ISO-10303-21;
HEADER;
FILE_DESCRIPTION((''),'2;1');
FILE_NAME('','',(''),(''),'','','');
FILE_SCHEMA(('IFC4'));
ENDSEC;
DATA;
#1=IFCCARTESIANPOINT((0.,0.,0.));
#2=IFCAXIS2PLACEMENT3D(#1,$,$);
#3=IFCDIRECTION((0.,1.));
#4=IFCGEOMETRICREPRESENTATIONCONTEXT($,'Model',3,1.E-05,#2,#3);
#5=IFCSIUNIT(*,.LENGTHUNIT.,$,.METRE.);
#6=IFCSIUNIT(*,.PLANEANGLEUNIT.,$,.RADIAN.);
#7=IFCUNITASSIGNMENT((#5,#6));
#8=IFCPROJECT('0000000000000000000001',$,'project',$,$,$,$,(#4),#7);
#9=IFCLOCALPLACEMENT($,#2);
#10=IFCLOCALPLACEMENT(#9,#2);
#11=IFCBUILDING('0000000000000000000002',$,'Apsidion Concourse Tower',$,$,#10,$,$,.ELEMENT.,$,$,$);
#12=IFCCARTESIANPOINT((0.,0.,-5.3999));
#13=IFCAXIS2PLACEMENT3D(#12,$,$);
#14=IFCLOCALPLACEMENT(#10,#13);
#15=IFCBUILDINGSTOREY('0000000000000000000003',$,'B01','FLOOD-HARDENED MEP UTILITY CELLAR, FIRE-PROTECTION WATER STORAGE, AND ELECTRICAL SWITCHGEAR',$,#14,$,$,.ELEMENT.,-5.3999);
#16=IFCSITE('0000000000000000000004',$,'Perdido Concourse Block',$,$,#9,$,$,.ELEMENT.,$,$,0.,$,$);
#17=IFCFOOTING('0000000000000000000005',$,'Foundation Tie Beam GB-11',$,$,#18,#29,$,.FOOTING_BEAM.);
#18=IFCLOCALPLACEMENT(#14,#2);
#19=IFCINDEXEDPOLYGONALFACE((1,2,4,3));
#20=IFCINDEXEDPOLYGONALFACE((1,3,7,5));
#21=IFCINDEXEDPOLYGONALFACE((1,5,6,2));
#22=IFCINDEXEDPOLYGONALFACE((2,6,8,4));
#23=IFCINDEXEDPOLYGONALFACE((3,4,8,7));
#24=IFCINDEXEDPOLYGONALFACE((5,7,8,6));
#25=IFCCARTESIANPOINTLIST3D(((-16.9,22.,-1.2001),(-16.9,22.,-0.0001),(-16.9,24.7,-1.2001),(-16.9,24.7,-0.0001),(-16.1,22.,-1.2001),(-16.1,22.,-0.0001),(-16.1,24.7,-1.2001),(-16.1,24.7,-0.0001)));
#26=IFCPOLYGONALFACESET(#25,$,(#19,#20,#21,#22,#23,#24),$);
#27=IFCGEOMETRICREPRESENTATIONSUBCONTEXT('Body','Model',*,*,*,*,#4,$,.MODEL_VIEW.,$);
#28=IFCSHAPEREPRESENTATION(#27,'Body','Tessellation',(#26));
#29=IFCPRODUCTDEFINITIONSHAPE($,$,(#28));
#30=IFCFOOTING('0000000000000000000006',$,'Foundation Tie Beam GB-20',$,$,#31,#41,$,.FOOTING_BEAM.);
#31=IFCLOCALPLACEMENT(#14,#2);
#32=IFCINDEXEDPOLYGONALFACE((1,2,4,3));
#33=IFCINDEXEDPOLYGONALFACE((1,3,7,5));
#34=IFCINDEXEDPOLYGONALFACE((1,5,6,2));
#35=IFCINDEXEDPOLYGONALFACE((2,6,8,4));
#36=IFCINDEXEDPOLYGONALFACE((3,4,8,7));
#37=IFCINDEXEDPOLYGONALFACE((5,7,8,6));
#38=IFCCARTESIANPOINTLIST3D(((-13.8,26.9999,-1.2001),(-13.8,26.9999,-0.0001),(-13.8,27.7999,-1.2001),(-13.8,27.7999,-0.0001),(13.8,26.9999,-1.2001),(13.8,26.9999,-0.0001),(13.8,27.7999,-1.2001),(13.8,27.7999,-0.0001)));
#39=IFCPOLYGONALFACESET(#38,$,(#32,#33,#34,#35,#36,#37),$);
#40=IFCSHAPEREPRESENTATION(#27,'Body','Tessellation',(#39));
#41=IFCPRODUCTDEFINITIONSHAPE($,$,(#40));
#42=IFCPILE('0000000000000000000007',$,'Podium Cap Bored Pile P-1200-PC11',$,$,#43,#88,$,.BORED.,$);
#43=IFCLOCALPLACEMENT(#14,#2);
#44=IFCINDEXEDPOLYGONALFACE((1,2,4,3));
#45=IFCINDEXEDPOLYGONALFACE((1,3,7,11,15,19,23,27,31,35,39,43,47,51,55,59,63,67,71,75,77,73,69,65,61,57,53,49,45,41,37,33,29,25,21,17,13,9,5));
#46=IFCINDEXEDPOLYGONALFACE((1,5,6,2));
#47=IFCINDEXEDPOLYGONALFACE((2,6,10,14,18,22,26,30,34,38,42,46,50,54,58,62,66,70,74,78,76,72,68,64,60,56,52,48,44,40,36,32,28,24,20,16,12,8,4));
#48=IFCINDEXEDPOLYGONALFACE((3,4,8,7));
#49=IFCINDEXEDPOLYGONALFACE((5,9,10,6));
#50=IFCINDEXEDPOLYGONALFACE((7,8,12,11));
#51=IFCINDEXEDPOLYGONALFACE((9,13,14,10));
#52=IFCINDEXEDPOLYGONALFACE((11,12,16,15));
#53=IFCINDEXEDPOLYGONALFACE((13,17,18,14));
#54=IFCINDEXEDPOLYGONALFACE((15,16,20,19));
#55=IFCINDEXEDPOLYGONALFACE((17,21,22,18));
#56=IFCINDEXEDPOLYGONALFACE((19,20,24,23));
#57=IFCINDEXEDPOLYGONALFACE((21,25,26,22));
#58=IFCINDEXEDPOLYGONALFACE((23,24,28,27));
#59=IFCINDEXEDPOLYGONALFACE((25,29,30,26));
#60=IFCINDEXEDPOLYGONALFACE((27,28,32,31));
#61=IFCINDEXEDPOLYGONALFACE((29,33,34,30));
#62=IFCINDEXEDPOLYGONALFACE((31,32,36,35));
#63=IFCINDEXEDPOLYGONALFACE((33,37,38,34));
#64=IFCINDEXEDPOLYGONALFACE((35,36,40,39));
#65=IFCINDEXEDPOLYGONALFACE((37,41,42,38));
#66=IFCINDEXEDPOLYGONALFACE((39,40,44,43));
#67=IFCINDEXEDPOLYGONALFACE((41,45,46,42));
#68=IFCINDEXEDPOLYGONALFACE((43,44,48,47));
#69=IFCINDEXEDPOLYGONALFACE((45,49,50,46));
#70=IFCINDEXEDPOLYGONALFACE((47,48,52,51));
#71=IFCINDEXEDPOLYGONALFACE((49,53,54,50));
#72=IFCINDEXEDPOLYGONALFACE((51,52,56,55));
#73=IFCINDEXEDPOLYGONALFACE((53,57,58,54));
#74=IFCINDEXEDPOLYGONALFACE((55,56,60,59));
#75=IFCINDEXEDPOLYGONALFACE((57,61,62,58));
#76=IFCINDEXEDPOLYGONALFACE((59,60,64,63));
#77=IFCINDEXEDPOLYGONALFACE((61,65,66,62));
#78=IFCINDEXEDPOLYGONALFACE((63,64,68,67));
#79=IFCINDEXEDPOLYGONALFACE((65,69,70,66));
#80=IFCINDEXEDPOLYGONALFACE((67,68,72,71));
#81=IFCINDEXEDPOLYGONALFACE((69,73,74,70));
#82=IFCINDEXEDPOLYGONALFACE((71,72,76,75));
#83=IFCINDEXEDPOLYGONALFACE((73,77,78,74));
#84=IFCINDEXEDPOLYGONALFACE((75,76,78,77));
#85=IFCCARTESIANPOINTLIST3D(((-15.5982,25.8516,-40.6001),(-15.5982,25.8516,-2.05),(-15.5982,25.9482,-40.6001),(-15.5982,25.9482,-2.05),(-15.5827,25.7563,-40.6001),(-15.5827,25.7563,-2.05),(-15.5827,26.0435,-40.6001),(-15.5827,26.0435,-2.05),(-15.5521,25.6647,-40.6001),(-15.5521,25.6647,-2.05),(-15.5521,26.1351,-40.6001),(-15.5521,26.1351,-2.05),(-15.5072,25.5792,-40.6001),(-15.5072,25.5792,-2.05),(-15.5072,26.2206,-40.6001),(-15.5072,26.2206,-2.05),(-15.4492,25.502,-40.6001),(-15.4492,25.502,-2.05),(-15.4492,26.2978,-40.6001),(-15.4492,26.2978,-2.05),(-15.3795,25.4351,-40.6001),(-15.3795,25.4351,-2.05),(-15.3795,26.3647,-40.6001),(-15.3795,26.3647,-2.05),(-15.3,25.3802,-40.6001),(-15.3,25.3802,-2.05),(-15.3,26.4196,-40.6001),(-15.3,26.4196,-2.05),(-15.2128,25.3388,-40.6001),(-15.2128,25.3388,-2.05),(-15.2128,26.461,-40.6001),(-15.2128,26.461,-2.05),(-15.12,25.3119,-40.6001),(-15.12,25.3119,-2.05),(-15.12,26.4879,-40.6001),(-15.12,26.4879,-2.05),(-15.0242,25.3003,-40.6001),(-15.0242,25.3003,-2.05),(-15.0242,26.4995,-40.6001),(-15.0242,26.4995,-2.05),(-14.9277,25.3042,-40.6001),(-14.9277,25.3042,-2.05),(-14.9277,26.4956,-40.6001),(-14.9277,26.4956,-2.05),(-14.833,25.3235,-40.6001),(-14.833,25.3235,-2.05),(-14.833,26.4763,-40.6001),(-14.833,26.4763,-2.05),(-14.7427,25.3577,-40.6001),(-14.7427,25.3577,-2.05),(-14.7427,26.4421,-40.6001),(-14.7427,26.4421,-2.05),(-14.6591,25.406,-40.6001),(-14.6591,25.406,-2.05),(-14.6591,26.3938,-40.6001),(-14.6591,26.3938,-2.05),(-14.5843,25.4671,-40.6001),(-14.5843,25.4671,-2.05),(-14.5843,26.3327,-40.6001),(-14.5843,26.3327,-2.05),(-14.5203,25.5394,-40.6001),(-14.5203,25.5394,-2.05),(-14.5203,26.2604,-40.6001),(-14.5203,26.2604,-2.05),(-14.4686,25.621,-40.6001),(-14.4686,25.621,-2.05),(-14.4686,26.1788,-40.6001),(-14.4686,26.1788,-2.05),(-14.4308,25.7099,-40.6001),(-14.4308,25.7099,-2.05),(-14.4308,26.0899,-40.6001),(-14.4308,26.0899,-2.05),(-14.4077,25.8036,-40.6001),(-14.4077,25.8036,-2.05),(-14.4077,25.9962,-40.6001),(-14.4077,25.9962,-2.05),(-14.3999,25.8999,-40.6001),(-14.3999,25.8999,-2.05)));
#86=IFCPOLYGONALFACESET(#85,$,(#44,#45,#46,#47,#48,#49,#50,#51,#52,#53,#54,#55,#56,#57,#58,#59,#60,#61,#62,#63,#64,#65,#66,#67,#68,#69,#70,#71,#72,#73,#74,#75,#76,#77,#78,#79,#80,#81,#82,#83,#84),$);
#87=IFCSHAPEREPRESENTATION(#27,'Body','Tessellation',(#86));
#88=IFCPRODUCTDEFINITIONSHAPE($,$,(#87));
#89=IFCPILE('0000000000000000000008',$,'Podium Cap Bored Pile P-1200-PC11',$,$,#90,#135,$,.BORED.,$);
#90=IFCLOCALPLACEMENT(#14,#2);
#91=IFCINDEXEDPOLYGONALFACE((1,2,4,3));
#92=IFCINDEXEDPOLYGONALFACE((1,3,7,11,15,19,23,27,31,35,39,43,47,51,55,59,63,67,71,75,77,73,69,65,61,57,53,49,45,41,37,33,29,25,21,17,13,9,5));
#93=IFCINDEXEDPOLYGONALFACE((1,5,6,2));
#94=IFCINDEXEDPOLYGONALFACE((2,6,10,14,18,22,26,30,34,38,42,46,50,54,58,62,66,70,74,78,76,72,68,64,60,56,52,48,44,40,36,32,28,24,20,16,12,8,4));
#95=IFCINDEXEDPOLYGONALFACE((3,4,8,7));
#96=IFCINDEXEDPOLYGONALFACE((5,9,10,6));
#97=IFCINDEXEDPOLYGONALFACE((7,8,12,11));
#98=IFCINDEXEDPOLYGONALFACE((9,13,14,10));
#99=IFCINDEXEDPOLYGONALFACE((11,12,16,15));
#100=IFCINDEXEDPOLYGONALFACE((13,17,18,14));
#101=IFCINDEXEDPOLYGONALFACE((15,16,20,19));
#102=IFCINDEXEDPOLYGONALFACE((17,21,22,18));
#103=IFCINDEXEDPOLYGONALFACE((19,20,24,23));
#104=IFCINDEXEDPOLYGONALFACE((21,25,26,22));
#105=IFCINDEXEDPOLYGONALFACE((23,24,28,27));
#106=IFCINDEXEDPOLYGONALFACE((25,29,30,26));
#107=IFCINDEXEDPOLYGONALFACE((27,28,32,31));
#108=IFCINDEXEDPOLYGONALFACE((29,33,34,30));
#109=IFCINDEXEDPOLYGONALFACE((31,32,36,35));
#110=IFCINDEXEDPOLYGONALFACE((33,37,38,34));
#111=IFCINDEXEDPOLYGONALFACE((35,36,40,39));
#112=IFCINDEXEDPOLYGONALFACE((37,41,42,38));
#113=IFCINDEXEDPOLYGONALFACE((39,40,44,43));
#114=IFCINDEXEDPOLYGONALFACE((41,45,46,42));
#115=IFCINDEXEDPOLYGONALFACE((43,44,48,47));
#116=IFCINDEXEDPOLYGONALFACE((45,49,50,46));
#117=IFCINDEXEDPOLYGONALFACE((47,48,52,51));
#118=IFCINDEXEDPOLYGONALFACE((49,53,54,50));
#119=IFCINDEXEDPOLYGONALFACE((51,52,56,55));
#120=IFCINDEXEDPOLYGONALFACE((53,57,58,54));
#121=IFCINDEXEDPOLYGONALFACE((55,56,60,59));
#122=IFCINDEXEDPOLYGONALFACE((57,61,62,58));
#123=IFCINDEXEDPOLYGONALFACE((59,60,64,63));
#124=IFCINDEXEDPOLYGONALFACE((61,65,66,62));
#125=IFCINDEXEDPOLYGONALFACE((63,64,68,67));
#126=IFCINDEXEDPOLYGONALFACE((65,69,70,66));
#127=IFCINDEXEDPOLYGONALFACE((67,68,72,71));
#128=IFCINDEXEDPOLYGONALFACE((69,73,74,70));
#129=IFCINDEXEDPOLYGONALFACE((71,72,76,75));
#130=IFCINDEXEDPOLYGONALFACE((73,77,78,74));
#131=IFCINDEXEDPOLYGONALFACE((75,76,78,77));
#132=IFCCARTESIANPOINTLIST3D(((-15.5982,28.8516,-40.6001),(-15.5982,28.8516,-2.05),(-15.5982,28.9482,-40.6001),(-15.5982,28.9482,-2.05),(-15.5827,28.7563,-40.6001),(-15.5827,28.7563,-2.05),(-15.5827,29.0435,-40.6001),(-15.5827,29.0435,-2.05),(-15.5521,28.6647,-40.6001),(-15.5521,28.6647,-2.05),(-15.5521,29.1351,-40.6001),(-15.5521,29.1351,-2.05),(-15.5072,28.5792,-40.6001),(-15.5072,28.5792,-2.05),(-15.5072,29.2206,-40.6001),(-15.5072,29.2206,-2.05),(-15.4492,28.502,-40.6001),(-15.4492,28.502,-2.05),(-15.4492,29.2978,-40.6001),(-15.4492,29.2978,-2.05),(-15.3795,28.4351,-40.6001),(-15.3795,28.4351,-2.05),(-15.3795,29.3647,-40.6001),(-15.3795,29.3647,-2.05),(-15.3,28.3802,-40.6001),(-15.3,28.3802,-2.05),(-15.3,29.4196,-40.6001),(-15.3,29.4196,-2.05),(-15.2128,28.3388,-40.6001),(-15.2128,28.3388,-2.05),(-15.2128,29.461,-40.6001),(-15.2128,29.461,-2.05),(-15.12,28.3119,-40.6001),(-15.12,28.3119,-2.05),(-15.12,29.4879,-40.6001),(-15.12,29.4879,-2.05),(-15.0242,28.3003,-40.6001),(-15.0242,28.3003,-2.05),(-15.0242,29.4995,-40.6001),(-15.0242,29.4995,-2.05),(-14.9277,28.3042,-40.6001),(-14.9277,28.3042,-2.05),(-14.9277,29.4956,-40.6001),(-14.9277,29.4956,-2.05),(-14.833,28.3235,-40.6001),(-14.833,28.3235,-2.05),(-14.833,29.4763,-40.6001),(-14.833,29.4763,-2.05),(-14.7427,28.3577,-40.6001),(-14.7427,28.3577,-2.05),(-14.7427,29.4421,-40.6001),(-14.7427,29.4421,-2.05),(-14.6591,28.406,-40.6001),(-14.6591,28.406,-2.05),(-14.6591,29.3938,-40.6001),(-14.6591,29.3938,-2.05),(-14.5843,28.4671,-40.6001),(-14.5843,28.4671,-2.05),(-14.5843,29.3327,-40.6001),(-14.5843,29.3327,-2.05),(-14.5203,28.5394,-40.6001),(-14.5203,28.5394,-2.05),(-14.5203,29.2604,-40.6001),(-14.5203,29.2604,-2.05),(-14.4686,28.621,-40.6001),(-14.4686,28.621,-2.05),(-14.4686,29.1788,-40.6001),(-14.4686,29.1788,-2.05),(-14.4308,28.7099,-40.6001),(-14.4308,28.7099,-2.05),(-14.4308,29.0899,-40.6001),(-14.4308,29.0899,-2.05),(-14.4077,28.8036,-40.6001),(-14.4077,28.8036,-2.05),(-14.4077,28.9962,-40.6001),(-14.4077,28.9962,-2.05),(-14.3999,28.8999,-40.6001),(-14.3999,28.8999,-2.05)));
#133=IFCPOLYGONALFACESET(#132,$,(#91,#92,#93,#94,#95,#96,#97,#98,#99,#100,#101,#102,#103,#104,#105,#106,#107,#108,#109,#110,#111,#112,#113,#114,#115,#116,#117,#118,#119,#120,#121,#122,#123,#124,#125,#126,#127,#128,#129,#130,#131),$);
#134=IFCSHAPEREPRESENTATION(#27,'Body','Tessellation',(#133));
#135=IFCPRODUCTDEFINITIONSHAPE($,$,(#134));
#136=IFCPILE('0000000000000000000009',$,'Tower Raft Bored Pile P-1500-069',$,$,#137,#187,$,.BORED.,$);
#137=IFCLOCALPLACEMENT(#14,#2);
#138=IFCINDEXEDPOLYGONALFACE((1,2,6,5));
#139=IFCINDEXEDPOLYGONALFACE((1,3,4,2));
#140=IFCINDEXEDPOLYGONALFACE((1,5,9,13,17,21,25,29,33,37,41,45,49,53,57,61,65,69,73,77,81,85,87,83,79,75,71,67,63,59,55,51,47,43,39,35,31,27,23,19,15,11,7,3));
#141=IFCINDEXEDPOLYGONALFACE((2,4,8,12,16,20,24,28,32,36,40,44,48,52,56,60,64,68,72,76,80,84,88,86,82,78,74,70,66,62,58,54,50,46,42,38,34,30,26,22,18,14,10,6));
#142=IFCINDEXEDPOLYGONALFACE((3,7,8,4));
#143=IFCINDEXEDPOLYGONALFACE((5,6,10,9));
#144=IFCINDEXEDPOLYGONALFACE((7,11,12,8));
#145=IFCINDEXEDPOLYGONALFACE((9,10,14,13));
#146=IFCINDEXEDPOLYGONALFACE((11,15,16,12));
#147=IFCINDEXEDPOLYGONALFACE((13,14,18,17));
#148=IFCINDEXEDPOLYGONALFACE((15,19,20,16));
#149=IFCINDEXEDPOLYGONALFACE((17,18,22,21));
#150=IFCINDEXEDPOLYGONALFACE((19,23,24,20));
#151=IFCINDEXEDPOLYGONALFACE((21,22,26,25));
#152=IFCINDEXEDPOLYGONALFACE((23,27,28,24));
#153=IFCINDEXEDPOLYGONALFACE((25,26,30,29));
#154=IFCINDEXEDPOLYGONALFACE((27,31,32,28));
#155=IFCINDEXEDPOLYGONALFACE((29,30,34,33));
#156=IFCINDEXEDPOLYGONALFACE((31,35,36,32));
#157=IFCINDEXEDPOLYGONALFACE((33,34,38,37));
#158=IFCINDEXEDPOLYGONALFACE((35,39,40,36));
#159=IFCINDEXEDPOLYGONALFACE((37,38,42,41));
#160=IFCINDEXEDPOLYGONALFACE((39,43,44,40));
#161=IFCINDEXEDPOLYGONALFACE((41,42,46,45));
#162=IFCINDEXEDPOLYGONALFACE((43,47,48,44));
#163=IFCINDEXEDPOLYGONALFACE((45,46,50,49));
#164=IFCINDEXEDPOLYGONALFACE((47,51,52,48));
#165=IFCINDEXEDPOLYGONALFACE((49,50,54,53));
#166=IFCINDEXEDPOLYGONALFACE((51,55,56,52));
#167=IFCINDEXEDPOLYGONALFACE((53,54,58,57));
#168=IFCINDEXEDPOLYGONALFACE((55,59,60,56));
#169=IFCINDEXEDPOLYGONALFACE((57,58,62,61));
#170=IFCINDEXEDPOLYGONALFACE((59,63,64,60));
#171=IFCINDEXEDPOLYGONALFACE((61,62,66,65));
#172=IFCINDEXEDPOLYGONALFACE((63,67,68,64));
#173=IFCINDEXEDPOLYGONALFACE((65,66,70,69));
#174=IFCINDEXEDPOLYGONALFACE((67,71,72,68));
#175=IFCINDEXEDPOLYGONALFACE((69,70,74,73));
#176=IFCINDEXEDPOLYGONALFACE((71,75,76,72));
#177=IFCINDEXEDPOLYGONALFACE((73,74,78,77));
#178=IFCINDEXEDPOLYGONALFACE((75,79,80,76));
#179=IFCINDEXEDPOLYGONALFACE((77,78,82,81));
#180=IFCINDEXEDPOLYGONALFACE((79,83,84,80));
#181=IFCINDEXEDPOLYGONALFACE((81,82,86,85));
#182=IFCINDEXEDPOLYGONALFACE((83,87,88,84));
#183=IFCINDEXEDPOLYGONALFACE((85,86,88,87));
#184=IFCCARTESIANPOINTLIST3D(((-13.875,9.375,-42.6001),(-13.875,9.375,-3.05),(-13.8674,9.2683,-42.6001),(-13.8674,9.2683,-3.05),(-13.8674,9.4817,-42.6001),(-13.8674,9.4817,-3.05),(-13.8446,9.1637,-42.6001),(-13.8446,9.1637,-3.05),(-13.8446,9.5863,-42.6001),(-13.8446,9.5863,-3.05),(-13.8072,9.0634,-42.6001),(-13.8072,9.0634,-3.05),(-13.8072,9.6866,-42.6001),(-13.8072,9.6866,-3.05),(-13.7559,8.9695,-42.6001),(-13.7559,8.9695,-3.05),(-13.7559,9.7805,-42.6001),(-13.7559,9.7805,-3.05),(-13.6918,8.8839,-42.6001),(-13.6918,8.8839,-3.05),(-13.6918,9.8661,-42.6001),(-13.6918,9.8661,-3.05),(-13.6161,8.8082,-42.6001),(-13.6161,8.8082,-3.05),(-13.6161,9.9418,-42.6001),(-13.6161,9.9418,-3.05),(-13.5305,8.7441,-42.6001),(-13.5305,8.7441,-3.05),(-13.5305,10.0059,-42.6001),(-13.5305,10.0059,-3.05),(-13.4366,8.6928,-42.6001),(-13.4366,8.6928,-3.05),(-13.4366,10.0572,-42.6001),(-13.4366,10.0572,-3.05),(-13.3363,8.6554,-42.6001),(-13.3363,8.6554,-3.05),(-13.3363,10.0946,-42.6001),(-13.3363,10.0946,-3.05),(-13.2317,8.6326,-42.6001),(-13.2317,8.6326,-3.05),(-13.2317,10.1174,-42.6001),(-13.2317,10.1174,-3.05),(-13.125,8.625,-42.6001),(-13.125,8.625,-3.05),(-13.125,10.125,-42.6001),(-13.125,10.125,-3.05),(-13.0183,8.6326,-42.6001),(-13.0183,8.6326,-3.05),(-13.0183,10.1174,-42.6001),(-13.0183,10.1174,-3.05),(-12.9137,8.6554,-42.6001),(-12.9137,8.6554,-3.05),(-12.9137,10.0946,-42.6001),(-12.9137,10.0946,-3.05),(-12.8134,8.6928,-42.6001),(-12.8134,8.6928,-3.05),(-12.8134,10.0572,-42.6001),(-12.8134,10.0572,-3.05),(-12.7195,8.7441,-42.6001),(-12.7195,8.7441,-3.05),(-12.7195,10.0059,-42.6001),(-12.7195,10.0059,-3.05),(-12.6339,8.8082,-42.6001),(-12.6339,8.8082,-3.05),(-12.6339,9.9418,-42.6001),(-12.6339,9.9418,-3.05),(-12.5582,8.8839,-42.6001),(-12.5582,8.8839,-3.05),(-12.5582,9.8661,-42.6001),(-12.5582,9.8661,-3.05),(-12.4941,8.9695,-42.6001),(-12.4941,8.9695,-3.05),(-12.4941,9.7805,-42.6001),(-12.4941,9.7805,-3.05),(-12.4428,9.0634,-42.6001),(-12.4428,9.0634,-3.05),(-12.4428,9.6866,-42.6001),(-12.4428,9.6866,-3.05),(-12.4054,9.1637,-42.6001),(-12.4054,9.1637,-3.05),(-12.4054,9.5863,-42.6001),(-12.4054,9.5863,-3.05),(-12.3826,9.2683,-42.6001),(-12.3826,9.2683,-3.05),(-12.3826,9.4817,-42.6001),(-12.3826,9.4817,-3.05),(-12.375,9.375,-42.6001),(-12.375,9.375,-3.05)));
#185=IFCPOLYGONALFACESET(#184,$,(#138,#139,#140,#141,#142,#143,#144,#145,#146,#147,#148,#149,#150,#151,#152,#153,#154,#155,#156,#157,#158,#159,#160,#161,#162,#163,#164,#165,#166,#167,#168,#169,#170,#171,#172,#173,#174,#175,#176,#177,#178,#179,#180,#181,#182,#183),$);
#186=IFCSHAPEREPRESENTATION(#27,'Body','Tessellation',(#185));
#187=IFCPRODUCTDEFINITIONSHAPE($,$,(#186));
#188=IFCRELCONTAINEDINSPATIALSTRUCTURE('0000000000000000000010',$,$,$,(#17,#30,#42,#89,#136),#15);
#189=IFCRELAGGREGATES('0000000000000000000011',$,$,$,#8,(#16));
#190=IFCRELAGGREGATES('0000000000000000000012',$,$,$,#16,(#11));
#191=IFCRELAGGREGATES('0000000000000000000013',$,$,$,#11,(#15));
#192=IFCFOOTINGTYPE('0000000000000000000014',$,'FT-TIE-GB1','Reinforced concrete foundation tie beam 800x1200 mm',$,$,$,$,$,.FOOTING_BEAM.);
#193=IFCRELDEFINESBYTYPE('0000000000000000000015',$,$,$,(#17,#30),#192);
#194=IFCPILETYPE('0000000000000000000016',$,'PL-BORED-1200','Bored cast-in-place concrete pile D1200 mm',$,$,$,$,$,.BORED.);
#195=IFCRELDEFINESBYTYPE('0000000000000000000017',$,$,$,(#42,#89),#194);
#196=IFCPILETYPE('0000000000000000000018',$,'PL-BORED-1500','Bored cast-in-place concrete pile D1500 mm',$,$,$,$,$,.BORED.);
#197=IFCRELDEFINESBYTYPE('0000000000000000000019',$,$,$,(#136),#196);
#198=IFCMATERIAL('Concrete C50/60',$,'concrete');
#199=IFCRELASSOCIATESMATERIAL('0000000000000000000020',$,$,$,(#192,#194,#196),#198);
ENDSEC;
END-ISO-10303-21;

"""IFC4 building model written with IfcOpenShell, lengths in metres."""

from ifc_helpers import new_model, si_unit, direction, frame, origin, origin_2d, place, context, subcontext, project, spatial, rectangle, circle, extrude, material, material_profile, profile_set, type_object, element, save


model = new_model("IFC4")

# Units and contexts
model_context = context("Model", 3, precision=1e-05, world=origin(), true_north=direction((0.0, 1.0)))
body_context = subcontext(model_context, "Body", "Model", "MODEL_VIEW")
ifc_project = project(units=[si_unit("LENGTHUNIT", "METRE"), si_unit("PLANEANGLEUNIT", "RADIAN")], contexts=[model_context])

# Site, building, storey
site_placement = place(None, origin())
site = spatial("IfcSite", under=ifc_project, at=site_placement, Name="Perdido Concourse Block", CompositionType="ELEMENT", RefElevation=0.0)
building_placement = place(site_placement, origin())
building = spatial("IfcBuilding", under=site, at=building_placement, Name="Apsidion Concourse Tower", CompositionType="ELEMENT")
storey_placement = place(building_placement, frame((0.0, 0.0, -5.3999)))
storey = spatial("IfcBuildingStorey", under=building, at=storey_placement, Name="B01", Description="FLOOD-HARDENED MEP UTILITY CELLAR, FIRE-PROTECTION WATER STORAGE, AND ELECTRICAL SWITCHGEAR", CompositionType="ELEMENT", Elevation=-5.3999)

# Footings
ifc_material_1 = material(Name="Concrete C50/60", Category="concrete")
ifc_material_profile_1 = material_profile(ifc_material_1, rectangle(XDim=0.8, YDim=1.2, at=origin_2d()), Name="RC 800x1200")
ifc_profile_set_1 = profile_set([ifc_material_profile_1], Name="Concrete C50/60")
footing_type = type_object("IfcFootingType", Name="FT-TIE-GB1", Description="Reinforced concrete foundation tie beam 800x1200 mm", PredefinedType="FOOTING_BEAM", material=ifc_profile_set_1)
footing_1_placement = place(storey_placement, frame((-16.5, 22.0, -0.6001), z_axis=(0.0, 1.0, 0.0), x_axis=(-1.0, 0.0, 0.0)))
element("IfcFooting", 1, at=footing_1_placement, inside=storey, type_object=footing_type, Name="Foundation Tie Beam GB-11", PredefinedType="FOOTING_BEAM", context=body_context, shape_type="SweptSolid", body=[
    extrude(rectangle(XDim=0.8, YDim=1.2, at=origin_2d()), origin(), (0.0, 0.0, 1.0), 2.7),
])
footing_2_placement = place(storey_placement, frame((-13.8, 27.3999, -0.6001), z_axis=(1.0, 0.0, 0.0), x_axis=(0.0, 1.0, 0.0)))
element("IfcFooting", 2, at=footing_2_placement, inside=storey, type_object=footing_type, Name="Foundation Tie Beam GB-20", PredefinedType="FOOTING_BEAM", context=body_context, shape_type="SweptSolid", body=[
    extrude(rectangle(XDim=0.8, YDim=1.2, at=origin_2d()), origin(), (0.0, 0.0, 1.0), 27.6001),
])

# Piles
ifc_material_profile_2 = material_profile(ifc_material_1, circle(Radius=0.6001, at=origin_2d()), Name="BORED PILE D1200")
ifc_profile_set_2 = profile_set([ifc_material_profile_2], Name="Concrete C50/60")
pile_type_1 = type_object("IfcPileType", Name="PL-BORED-1200", Description="Bored cast-in-place concrete pile D1200 mm", PredefinedType="BORED", material=ifc_profile_set_2)
for number, where, z_axis, x_axis, name in (
    (3, (-15.0, 25.8999, -2.05), (0.0, 0.0, -1.0), (1.0, 0.0, 0.0), "Podium Cap Bored Pile P-1200-PC11"),
    (4, (-15.0, 28.8999, -2.05), (0.0, 0.0, -1.0), (1.0, 0.0, 0.0), "Podium Cap Bored Pile P-1200-PC11"),
):
    element("IfcPile", number, at=place(storey_placement, frame(where, z_axis=z_axis, x_axis=x_axis)), inside=storey, type_object=pile_type_1, Name=name, PredefinedType="BORED", context=body_context, shape_type="SweptSolid", body=[
        extrude(circle(Radius=0.6001, at=origin_2d()), origin(), (0.0, 0.0, 1.0), 38.55),
    ])
ifc_material_profile_3 = material_profile(ifc_material_1, circle(Radius=0.75, at=origin_2d()), Name="BORED PILE D1500")
ifc_profile_set_3 = profile_set([ifc_material_profile_3], Name="Concrete C50/60")
pile_type_2 = type_object("IfcPileType", Name="PL-BORED-1500", Description="Bored cast-in-place concrete pile D1500 mm", PredefinedType="BORED", material=ifc_profile_set_3)
for number, where, z_axis, x_axis, name in (
    (5, (-13.125, 9.375, -3.05), (0.0, 0.0, -1.0), (1.0, 0.0, 0.0), "Tower Raft Bored Pile P-1500-069"),
):
    element("IfcPile", number, at=place(storey_placement, frame(where, z_axis=z_axis, x_axis=x_axis)), inside=storey, type_object=pile_type_2, Name=name, PredefinedType="BORED", context=body_context, shape_type="SweptSolid", body=[
        extrude(circle(Radius=0.75, at=origin_2d()), origin(), (0.0, 0.0, 1.0), 39.55),
    ])

save(model, "model.ifc")
